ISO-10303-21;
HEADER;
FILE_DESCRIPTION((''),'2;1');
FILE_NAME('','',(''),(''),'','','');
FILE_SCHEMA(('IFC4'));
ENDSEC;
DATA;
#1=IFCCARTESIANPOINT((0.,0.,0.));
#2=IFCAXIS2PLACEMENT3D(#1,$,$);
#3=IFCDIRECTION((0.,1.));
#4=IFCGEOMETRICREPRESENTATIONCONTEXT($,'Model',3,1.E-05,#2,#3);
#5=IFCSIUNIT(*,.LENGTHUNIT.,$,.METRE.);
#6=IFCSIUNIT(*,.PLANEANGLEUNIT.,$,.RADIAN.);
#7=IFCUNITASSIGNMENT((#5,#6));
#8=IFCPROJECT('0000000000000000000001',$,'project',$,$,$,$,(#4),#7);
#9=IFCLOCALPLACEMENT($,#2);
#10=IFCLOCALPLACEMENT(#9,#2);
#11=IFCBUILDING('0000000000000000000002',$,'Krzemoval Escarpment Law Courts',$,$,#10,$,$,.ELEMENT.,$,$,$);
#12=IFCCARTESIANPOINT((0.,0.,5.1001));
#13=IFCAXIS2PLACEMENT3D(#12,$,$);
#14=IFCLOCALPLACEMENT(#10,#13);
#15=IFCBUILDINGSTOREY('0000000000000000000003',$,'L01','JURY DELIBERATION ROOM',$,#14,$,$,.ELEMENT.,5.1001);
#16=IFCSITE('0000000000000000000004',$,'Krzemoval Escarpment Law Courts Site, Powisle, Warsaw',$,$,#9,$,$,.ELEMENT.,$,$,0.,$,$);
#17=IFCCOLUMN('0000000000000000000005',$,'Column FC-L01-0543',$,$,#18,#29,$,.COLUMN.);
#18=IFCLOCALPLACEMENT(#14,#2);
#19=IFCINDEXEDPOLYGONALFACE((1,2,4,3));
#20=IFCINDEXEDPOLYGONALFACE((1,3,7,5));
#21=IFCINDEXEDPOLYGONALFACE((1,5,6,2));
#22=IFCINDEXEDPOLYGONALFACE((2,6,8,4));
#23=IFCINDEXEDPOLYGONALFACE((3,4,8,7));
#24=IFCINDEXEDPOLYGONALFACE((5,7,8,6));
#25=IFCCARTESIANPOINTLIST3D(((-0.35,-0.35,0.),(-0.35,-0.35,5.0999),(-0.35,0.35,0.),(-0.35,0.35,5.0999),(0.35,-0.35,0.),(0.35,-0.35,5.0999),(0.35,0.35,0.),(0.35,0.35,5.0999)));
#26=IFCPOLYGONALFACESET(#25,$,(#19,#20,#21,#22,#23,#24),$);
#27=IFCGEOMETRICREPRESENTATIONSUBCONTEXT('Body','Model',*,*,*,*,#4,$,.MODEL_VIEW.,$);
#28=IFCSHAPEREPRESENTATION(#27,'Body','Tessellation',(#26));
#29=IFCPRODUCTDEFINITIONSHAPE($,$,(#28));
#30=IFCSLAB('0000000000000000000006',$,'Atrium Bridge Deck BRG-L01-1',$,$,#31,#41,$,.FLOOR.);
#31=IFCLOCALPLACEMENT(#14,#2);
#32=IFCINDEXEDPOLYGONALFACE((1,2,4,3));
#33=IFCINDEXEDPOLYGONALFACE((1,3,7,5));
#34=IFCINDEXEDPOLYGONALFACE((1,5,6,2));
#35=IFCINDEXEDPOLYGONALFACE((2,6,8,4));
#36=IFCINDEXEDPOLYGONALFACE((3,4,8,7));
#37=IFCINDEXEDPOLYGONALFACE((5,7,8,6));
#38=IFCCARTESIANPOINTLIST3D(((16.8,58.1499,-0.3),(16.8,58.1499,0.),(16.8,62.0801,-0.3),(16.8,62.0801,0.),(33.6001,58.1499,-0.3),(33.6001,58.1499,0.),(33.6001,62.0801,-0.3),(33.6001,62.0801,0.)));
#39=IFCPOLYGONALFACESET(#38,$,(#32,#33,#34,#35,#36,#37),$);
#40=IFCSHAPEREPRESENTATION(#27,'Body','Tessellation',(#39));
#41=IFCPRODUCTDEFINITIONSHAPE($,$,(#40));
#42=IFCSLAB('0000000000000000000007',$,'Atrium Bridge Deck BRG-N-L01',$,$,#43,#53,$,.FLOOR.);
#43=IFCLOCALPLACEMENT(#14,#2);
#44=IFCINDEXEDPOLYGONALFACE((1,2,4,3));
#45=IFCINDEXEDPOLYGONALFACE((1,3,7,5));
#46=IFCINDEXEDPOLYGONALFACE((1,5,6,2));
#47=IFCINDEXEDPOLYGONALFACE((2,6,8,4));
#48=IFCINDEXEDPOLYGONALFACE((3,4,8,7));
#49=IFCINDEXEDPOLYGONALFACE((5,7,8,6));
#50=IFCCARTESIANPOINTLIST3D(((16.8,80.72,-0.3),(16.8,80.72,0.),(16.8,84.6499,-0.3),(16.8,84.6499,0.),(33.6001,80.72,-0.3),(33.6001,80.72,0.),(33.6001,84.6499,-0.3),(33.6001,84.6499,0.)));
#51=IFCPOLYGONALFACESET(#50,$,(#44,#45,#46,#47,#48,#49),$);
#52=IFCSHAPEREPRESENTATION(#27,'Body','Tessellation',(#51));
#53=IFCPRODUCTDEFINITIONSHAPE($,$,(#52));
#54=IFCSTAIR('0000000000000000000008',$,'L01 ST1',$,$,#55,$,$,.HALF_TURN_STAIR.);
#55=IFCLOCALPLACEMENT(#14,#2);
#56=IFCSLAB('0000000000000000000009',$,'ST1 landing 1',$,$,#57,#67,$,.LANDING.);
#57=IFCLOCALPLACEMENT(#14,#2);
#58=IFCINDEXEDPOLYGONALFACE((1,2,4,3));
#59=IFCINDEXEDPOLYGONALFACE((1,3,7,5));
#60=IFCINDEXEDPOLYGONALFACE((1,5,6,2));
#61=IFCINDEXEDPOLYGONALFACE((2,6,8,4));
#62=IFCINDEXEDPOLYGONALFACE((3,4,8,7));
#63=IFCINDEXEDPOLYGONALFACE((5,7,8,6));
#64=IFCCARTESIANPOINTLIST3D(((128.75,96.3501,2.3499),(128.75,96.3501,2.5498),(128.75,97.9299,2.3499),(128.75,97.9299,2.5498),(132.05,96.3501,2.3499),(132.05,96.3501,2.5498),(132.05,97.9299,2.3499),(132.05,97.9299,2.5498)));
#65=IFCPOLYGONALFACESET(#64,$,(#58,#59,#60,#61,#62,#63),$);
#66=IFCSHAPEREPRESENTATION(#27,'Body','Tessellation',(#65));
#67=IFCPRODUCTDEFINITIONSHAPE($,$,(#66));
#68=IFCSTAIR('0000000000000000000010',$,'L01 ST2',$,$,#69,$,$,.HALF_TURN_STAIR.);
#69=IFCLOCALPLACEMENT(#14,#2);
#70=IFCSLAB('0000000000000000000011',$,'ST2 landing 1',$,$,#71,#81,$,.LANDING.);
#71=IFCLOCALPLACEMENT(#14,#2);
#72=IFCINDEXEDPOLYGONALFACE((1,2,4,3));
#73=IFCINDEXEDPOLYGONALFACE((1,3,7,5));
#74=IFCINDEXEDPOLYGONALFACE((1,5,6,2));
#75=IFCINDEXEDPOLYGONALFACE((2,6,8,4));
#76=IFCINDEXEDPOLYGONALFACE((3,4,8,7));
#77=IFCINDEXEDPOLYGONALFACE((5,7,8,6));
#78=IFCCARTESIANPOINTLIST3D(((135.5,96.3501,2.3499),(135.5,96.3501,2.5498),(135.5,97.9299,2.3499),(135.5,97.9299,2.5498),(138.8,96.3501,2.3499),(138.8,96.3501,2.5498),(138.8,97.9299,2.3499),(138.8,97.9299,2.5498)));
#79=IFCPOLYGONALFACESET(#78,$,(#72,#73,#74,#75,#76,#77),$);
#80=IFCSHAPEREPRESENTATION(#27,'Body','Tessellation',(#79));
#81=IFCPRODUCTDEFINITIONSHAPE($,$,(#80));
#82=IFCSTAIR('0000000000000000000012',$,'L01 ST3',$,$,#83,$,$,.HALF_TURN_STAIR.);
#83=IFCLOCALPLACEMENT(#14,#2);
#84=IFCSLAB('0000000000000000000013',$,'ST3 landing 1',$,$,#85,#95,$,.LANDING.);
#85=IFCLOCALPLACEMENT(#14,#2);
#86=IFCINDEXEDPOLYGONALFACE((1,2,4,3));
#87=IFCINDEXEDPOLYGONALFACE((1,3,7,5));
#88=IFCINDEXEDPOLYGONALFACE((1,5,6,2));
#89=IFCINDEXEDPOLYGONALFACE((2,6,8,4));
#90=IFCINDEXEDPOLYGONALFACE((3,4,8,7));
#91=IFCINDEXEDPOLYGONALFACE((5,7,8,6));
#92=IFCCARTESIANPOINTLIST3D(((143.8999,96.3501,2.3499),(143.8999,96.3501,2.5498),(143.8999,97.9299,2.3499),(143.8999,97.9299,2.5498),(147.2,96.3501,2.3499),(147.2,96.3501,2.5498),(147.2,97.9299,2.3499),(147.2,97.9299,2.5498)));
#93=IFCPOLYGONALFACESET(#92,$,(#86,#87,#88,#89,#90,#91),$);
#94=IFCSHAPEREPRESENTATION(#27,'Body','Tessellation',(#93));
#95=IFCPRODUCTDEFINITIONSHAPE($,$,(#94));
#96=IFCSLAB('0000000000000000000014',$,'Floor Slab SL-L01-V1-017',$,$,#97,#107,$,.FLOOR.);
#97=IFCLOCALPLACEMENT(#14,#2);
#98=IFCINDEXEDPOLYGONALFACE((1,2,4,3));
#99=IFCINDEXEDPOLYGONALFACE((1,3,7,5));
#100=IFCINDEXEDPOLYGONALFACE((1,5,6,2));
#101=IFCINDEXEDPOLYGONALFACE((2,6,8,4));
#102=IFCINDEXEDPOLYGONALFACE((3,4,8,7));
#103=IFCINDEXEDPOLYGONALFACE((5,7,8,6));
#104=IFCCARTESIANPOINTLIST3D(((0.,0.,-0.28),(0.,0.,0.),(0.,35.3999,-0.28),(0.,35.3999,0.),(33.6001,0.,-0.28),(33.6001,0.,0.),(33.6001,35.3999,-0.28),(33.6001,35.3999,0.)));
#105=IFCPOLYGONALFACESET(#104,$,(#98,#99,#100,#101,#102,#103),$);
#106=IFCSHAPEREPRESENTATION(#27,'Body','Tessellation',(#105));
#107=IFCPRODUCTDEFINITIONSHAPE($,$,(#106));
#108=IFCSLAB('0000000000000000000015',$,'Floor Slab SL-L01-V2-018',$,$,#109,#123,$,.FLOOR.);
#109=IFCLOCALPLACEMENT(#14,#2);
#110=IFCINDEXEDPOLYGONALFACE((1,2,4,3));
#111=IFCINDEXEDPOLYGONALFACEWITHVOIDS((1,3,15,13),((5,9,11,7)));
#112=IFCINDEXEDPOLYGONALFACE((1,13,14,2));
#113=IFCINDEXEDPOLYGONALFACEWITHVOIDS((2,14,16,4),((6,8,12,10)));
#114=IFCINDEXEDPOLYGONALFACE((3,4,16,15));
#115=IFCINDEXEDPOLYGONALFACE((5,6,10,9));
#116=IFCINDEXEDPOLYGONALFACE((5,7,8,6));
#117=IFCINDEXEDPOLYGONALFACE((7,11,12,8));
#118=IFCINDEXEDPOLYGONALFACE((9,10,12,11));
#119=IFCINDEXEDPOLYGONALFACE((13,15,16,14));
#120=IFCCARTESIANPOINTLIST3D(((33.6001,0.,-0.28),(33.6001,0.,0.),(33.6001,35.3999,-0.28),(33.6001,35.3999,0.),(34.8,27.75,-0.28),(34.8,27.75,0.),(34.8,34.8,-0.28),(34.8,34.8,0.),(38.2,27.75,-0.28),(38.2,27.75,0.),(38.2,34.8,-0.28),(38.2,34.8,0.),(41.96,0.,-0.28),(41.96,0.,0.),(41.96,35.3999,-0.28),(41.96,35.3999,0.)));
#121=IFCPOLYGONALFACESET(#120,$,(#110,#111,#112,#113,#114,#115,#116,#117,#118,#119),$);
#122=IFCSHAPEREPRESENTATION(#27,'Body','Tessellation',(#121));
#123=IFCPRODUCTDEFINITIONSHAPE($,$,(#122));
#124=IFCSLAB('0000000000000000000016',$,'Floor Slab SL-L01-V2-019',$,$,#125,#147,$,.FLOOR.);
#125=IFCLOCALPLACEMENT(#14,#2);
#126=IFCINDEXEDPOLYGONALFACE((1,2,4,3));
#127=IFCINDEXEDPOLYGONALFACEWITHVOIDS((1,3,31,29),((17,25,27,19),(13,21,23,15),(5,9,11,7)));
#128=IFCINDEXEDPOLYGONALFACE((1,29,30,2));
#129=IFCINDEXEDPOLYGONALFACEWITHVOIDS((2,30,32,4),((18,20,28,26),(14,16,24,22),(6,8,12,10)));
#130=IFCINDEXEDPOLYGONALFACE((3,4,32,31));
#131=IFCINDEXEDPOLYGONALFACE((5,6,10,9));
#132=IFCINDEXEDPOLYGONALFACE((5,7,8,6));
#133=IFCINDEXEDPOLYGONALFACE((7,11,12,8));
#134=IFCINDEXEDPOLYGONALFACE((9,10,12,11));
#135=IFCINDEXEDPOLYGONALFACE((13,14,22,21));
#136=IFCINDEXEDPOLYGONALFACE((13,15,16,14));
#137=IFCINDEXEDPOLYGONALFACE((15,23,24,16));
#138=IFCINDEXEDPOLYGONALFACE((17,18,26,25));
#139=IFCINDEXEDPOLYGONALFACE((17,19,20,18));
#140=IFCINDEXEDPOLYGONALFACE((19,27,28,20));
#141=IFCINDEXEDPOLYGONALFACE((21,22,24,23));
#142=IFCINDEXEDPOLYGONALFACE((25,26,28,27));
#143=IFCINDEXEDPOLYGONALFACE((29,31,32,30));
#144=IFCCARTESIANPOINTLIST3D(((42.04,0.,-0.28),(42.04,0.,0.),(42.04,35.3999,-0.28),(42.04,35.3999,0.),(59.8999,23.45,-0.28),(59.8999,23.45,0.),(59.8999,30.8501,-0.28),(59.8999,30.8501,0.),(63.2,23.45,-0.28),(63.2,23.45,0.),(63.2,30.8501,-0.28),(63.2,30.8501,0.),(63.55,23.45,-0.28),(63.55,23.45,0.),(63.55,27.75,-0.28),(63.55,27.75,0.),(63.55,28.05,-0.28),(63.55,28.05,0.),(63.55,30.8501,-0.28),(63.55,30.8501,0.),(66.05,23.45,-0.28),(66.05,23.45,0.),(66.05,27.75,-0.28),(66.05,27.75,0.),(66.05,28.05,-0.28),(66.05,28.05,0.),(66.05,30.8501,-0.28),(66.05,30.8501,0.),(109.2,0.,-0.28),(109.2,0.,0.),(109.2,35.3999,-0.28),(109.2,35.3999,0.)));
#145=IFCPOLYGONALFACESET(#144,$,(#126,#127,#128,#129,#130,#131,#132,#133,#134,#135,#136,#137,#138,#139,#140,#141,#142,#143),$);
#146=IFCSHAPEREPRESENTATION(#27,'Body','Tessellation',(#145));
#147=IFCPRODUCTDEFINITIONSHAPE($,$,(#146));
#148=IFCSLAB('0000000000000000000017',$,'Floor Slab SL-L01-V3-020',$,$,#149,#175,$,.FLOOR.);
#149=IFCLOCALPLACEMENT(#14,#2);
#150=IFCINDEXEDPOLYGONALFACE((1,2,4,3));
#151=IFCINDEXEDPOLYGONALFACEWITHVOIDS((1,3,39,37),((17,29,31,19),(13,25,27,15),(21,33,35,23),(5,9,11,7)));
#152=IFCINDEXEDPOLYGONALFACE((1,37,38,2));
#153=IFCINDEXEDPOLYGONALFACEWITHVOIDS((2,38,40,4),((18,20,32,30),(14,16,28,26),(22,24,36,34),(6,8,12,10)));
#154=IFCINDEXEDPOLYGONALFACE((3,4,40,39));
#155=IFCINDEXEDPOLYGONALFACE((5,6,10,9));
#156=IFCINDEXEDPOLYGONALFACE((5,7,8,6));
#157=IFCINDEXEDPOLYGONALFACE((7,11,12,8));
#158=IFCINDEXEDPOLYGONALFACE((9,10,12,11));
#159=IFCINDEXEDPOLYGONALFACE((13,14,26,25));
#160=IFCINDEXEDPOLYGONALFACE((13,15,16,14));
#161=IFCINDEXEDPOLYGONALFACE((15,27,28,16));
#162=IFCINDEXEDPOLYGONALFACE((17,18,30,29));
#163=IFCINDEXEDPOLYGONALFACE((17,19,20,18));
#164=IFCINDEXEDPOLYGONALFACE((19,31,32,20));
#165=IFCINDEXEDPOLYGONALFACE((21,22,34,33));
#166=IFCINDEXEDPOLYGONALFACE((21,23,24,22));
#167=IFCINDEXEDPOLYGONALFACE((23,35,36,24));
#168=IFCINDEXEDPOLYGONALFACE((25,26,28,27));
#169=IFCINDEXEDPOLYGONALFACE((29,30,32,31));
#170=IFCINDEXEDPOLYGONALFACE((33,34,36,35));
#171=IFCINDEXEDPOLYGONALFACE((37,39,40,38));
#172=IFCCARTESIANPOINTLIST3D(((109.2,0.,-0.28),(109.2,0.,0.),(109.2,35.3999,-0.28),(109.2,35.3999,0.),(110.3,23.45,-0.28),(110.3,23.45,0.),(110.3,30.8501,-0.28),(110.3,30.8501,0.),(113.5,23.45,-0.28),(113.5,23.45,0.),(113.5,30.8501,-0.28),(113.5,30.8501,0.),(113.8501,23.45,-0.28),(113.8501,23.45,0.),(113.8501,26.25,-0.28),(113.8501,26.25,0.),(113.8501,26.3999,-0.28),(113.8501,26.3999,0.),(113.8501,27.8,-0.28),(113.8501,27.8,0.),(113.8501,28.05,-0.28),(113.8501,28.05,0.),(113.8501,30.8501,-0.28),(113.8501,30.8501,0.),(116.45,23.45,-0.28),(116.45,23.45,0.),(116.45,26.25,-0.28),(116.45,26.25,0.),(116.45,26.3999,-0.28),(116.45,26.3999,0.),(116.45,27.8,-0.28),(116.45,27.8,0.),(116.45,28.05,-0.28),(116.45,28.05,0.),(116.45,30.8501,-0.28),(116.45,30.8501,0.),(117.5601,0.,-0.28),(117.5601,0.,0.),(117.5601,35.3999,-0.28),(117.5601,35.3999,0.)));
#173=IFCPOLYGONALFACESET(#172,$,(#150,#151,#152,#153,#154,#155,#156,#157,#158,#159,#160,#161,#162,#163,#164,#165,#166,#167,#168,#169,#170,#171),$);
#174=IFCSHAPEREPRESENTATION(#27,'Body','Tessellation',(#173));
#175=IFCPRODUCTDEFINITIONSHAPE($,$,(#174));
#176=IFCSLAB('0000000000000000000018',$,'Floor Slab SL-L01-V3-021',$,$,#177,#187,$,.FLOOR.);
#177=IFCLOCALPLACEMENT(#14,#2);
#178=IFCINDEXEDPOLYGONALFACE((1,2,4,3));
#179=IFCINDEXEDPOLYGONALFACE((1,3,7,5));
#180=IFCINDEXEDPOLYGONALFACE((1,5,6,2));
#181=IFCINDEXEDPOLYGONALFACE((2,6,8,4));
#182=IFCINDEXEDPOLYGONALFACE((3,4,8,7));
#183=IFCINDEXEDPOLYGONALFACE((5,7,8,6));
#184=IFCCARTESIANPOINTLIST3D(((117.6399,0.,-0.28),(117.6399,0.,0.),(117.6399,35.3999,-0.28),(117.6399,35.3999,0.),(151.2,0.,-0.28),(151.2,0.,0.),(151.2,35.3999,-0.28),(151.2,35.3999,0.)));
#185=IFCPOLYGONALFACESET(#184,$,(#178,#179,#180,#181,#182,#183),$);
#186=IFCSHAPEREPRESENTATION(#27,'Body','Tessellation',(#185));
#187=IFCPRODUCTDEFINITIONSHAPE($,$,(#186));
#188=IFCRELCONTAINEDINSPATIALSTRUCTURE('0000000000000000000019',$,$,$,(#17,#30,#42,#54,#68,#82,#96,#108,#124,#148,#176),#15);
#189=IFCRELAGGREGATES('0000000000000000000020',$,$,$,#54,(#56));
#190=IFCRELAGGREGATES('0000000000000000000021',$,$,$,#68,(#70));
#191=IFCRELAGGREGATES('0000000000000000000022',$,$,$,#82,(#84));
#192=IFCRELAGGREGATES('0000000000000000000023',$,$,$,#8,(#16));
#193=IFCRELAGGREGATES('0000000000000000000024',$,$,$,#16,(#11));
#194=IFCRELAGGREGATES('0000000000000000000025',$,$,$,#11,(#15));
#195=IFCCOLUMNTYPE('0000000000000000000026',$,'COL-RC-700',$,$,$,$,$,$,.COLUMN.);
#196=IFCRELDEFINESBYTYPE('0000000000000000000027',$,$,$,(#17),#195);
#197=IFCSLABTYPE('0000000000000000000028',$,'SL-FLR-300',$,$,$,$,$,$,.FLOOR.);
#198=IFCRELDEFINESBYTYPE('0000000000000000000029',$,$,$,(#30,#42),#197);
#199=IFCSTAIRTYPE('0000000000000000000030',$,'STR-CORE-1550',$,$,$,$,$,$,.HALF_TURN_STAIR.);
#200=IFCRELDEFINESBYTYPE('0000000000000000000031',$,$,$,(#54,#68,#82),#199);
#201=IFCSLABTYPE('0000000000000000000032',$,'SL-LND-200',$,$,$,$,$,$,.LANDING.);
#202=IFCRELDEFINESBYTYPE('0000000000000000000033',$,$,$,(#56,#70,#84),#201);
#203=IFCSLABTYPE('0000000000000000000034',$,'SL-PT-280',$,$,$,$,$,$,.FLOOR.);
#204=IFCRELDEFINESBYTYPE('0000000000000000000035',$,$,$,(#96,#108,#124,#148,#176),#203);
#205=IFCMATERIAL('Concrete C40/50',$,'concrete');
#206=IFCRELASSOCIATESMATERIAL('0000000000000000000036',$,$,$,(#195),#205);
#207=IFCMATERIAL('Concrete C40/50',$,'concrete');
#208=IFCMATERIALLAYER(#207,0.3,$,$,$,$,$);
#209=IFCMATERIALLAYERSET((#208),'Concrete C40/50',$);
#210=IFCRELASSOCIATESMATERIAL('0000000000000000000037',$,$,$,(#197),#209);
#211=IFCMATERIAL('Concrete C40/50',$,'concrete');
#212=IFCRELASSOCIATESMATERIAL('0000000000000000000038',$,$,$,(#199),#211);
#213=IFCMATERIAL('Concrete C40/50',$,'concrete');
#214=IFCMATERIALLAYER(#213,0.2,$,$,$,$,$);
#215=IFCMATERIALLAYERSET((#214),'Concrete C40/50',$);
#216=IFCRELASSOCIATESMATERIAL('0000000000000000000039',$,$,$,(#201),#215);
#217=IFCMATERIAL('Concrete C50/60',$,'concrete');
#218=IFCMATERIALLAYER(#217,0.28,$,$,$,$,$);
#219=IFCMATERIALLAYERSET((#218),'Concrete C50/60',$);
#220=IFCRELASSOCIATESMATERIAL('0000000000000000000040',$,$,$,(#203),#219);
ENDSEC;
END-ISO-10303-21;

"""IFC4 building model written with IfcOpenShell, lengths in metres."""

from ifc_helpers import new_model, si_unit, direction, frame, origin, origin_with_axes, origin_2d, place, context, subcontext, project, spatial, polyline, rectangle, outline, extrude, material, layer, layer_set, material_profile, profile_set, type_object, element, aggregate, save


model = new_model("IFC4")

# Units and contexts
model_context = context("Model", 3, precision=1e-05, world=origin(), true_north=direction((0.0, 1.0)))
body_context = subcontext(model_context, "Body", "Model", "MODEL_VIEW")
ifc_project = project(units=[si_unit("LENGTHUNIT", "METRE"), si_unit("PLANEANGLEUNIT", "RADIAN")], contexts=[model_context])

# Site, building, storey
site_placement = place(None, origin())
site = spatial("IfcSite", under=ifc_project, at=site_placement, Name="Krzemoval Escarpment Law Courts Site, Powisle, Warsaw", CompositionType="ELEMENT", RefElevation=0.0)
building_placement = place(site_placement, origin())
building = spatial("IfcBuilding", under=site, at=building_placement, Name="Krzemoval Escarpment Law Courts", CompositionType="ELEMENT")
storey_placement = place(building_placement, frame((0.0, 0.0, 5.1001)))
storey = spatial("IfcBuildingStorey", under=building, at=storey_placement, Name="L01", Description="JURY DELIBERATION ROOM", CompositionType="ELEMENT", Elevation=5.1001)

# Column
ifc_material_1 = material(Name="Concrete C40/50", Category="concrete")
ifc_material_profile = material_profile(ifc_material_1, rectangle(XDim=0.7, YDim=0.7, at=origin_2d()), Name="RC 700x700")
ifc_profile_set = profile_set([ifc_material_profile], Name="Concrete C40/50")
column_type = type_object("IfcColumnType", Name="COL-RC-700", PredefinedType="COLUMN", material=ifc_profile_set)
column_placement = place(storey_placement, origin_with_axes())
element("IfcColumn", 1, at=column_placement, inside=storey, type_object=column_type, Name="Column FC-L01-0543", PredefinedType="COLUMN", context=body_context, shape_type="SweptSolid", body=[
    extrude(rectangle(XDim=0.7, YDim=0.7, at=origin_2d()), origin(), (0.0, 0.0, 1.0), 5.0999),
])

# Slabs
ifc_material_2 = material(Name="Concrete C40/50", Category="concrete")
ifc_layer_1 = layer(ifc_material_2, 0.3)
ifc_layer_set_1 = layer_set([ifc_layer_1], Name="Concrete C40/50")
slab_type_1 = type_object("IfcSlabType", Name="SL-FLR-300", PredefinedType="FLOOR", material=ifc_layer_set_1)
slab_1_placement = place(storey_placement, frame((0.0, 0.0, -0.3)))
element("IfcSlab", 2, at=slab_1_placement, inside=storey, type_object=slab_type_1, Name="Atrium Bridge Deck BRG-L01-1", PredefinedType="FLOOR", context=body_context, shape_type="SweptSolid", body=[
    extrude(outline(polyline([(33.6001, 58.1499), (33.6001, 62.0801), (16.8, 62.0801), (16.8, 58.1499), (33.6001, 58.1499)])), origin(), (0.0, 0.0, 1.0), 0.3),
])
slab_2_placement = place(storey_placement, frame((0.0, 0.0, -0.3)))
element("IfcSlab", 3, at=slab_2_placement, inside=storey, type_object=slab_type_1, Name="Atrium Bridge Deck BRG-N-L01", PredefinedType="FLOOR", context=body_context, shape_type="SweptSolid", body=[
    extrude(outline(polyline([(33.6001, 80.72), (33.6001, 84.6499), (16.8, 84.6499), (16.8, 80.72), (33.6001, 80.72)])), origin(), (0.0, 0.0, 1.0), 0.3),
])

# Stairs, slabs
ifc_material_3 = material(Name="Concrete C40/50", Category="concrete")
stair_type = type_object("IfcStairType", Name="STR-CORE-1550", PredefinedType="HALF_TURN_STAIR", material=ifc_material_3)
stair_1_placement = place(storey_placement, origin())
stair_1 = element("IfcStair", 4, at=stair_1_placement, inside=storey, type_object=stair_type, Name="L01 ST1", PredefinedType="HALF_TURN_STAIR")
ifc_material_4 = material(Name="Concrete C40/50", Category="concrete")
ifc_layer_2 = layer(ifc_material_4, 0.2)
ifc_layer_set_2 = layer_set([ifc_layer_2], Name="Concrete C40/50")
slab_type_2 = type_object("IfcSlabType", Name="SL-LND-200", PredefinedType="LANDING", material=ifc_layer_set_2)
slab_3_placement = place(storey_placement, frame((0.0, 0.0, 2.3499)))
slab_3 = element("IfcSlab", 5, at=slab_3_placement, type_object=slab_type_2, Name="ST1 landing 1", PredefinedType="LANDING", context=body_context, shape_type="SweptSolid", body=[
    extrude(outline(polyline([(128.75, 97.9299), (128.75, 96.3501), (132.05, 96.3501), (132.05, 97.9299), (128.75, 97.9299)])), origin(), (0.0, 0.0, 1.0), 0.2),
])
aggregate(stair_1, [slab_3])
stair_2_placement = place(storey_placement, origin())
stair_2 = element("IfcStair", 6, at=stair_2_placement, inside=storey, type_object=stair_type, Name="L01 ST2", PredefinedType="HALF_TURN_STAIR")
slab_4_placement = place(storey_placement, frame((0.0, 0.0, 2.3499)))
slab_4 = element("IfcSlab", 7, at=slab_4_placement, type_object=slab_type_2, Name="ST2 landing 1", PredefinedType="LANDING", context=body_context, shape_type="SweptSolid", body=[
    extrude(outline(polyline([(135.5, 97.9299), (135.5, 96.3501), (138.8, 96.3501), (138.8, 97.9299), (135.5, 97.9299)])), origin(), (0.0, 0.0, 1.0), 0.2),
])
aggregate(stair_2, [slab_4])
stair_3_placement = place(storey_placement, origin())
stair_3 = element("IfcStair", 8, at=stair_3_placement, inside=storey, type_object=stair_type, Name="L01 ST3", PredefinedType="HALF_TURN_STAIR")
slab_5_placement = place(storey_placement, frame((0.0, 0.0, 2.3499)))
slab_5 = element("IfcSlab", 9, at=slab_5_placement, type_object=slab_type_2, Name="ST3 landing 1", PredefinedType="LANDING", context=body_context, shape_type="SweptSolid", body=[
    extrude(outline(polyline([(143.8999, 97.9299), (143.8999, 96.3501), (147.2, 96.3501), (147.2, 97.9299), (143.8999, 97.9299)])), origin(), (0.0, 0.0, 1.0), 0.2),
])
aggregate(stair_3, [slab_5])

# Slabs
ifc_material_5 = material(Name="Concrete C50/60", Category="concrete")
ifc_layer_3 = layer(ifc_material_5, 0.28)
ifc_layer_set_3 = layer_set([ifc_layer_3], Name="Concrete C50/60")
slab_type_3 = type_object("IfcSlabType", Name="SL-PT-280", PredefinedType="FLOOR", material=ifc_layer_set_3)
slab_6_placement = place(storey_placement, frame((0.0, 0.0, -0.28)))
element("IfcSlab", 10, at=slab_6_placement, inside=storey, type_object=slab_type_3, Name="Floor Slab SL-L01-V1-017", PredefinedType="FLOOR", context=body_context, shape_type="SweptSolid", body=[
    extrude(outline(polyline([(0.0, 0.0), (0.0, 35.3999), (33.6001, 35.3999), (33.6001, 0.0), (0.0, 0.0)])), origin(), (0.0, 0.0, 1.0), 0.28),
])
slab_7_placement = place(storey_placement, frame((0.0, 0.0, -0.28)))
element("IfcSlab", 11, at=slab_7_placement, inside=storey, type_object=slab_type_3, Name="Floor Slab SL-L01-V2-018", PredefinedType="FLOOR", context=body_context, shape_type="SweptSolid", body=[
    extrude(outline(polyline([(33.6001, 0.0), (33.6001, 35.3999), (41.96, 35.3999), (41.96, 0.0), (33.6001, 0.0)]), holes=[polyline([(38.2, 34.8), (34.8, 34.8), (34.8, 27.75), (38.2, 27.75), (38.2, 34.8)])]), origin(), (0.0, 0.0, 1.0), 0.28),
])
slab_8_placement = place(storey_placement, frame((0.0, 0.0, -0.28)))
element("IfcSlab", 12, at=slab_8_placement, inside=storey, type_object=slab_type_3, Name="Floor Slab SL-L01-V2-019", PredefinedType="FLOOR", context=body_context, shape_type="SweptSolid", body=[
    extrude(outline(polyline([(109.2, 35.3999), (109.2, 0.0), (42.04, 0.0), (42.04, 35.3999), (109.2, 35.3999)]), holes=[polyline([(66.05, 28.05), (66.05, 30.8501), (63.55, 30.8501), (63.55, 28.05), (66.05, 28.05)]), polyline([(63.55, 23.45), (66.05, 23.45), (66.05, 27.75), (63.55, 27.75), (63.55, 23.45)]), polyline([(59.8999, 30.8501), (59.8999, 23.45), (63.2, 23.45), (63.2, 30.8501), (59.8999, 30.8501)])]), origin(), (0.0, 0.0, 1.0), 0.28),
])
slab_9_placement = place(storey_placement, frame((0.0, 0.0, -0.28)))
element("IfcSlab", 13, at=slab_9_placement, inside=storey, type_object=slab_type_3, Name="Floor Slab SL-L01-V3-020", PredefinedType="FLOOR", context=body_context, shape_type="SweptSolid", body=[
    extrude(outline(polyline([(109.2, 0.0), (109.2, 35.3999), (117.5601, 35.3999), (117.5601, 0.0), (109.2, 0.0)]), holes=[polyline([(116.45, 23.45), (116.45, 26.25), (113.8501, 26.25), (113.8501, 23.45), (116.45, 23.45)]), polyline([(113.8501, 28.05), (116.45, 28.05), (116.45, 30.8501), (113.8501, 30.8501), (113.8501, 28.05)]), polyline([(113.8501, 27.8), (113.8501, 26.3999), (116.45, 26.3999), (116.45, 27.8), (113.8501, 27.8)]), polyline([(113.5, 30.8501), (110.3, 30.8501), (110.3, 23.45), (113.5, 23.45), (113.5, 30.8501)])]), origin(), (0.0, 0.0, 1.0), 0.28),
])
slab_10_placement = place(storey_placement, frame((0.0, 0.0, -0.28)))
element("IfcSlab", 14, at=slab_10_placement, inside=storey, type_object=slab_type_3, Name="Floor Slab SL-L01-V3-021", PredefinedType="FLOOR", context=body_context, shape_type="SweptSolid", body=[
    extrude(outline(polyline([(151.2, 35.3999), (151.2, 0.0), (117.6399, 0.0), (117.6399, 35.3999), (151.2, 35.3999)])), origin(), (0.0, 0.0, 1.0), 0.28),
])

save(model, "model.ifc")
